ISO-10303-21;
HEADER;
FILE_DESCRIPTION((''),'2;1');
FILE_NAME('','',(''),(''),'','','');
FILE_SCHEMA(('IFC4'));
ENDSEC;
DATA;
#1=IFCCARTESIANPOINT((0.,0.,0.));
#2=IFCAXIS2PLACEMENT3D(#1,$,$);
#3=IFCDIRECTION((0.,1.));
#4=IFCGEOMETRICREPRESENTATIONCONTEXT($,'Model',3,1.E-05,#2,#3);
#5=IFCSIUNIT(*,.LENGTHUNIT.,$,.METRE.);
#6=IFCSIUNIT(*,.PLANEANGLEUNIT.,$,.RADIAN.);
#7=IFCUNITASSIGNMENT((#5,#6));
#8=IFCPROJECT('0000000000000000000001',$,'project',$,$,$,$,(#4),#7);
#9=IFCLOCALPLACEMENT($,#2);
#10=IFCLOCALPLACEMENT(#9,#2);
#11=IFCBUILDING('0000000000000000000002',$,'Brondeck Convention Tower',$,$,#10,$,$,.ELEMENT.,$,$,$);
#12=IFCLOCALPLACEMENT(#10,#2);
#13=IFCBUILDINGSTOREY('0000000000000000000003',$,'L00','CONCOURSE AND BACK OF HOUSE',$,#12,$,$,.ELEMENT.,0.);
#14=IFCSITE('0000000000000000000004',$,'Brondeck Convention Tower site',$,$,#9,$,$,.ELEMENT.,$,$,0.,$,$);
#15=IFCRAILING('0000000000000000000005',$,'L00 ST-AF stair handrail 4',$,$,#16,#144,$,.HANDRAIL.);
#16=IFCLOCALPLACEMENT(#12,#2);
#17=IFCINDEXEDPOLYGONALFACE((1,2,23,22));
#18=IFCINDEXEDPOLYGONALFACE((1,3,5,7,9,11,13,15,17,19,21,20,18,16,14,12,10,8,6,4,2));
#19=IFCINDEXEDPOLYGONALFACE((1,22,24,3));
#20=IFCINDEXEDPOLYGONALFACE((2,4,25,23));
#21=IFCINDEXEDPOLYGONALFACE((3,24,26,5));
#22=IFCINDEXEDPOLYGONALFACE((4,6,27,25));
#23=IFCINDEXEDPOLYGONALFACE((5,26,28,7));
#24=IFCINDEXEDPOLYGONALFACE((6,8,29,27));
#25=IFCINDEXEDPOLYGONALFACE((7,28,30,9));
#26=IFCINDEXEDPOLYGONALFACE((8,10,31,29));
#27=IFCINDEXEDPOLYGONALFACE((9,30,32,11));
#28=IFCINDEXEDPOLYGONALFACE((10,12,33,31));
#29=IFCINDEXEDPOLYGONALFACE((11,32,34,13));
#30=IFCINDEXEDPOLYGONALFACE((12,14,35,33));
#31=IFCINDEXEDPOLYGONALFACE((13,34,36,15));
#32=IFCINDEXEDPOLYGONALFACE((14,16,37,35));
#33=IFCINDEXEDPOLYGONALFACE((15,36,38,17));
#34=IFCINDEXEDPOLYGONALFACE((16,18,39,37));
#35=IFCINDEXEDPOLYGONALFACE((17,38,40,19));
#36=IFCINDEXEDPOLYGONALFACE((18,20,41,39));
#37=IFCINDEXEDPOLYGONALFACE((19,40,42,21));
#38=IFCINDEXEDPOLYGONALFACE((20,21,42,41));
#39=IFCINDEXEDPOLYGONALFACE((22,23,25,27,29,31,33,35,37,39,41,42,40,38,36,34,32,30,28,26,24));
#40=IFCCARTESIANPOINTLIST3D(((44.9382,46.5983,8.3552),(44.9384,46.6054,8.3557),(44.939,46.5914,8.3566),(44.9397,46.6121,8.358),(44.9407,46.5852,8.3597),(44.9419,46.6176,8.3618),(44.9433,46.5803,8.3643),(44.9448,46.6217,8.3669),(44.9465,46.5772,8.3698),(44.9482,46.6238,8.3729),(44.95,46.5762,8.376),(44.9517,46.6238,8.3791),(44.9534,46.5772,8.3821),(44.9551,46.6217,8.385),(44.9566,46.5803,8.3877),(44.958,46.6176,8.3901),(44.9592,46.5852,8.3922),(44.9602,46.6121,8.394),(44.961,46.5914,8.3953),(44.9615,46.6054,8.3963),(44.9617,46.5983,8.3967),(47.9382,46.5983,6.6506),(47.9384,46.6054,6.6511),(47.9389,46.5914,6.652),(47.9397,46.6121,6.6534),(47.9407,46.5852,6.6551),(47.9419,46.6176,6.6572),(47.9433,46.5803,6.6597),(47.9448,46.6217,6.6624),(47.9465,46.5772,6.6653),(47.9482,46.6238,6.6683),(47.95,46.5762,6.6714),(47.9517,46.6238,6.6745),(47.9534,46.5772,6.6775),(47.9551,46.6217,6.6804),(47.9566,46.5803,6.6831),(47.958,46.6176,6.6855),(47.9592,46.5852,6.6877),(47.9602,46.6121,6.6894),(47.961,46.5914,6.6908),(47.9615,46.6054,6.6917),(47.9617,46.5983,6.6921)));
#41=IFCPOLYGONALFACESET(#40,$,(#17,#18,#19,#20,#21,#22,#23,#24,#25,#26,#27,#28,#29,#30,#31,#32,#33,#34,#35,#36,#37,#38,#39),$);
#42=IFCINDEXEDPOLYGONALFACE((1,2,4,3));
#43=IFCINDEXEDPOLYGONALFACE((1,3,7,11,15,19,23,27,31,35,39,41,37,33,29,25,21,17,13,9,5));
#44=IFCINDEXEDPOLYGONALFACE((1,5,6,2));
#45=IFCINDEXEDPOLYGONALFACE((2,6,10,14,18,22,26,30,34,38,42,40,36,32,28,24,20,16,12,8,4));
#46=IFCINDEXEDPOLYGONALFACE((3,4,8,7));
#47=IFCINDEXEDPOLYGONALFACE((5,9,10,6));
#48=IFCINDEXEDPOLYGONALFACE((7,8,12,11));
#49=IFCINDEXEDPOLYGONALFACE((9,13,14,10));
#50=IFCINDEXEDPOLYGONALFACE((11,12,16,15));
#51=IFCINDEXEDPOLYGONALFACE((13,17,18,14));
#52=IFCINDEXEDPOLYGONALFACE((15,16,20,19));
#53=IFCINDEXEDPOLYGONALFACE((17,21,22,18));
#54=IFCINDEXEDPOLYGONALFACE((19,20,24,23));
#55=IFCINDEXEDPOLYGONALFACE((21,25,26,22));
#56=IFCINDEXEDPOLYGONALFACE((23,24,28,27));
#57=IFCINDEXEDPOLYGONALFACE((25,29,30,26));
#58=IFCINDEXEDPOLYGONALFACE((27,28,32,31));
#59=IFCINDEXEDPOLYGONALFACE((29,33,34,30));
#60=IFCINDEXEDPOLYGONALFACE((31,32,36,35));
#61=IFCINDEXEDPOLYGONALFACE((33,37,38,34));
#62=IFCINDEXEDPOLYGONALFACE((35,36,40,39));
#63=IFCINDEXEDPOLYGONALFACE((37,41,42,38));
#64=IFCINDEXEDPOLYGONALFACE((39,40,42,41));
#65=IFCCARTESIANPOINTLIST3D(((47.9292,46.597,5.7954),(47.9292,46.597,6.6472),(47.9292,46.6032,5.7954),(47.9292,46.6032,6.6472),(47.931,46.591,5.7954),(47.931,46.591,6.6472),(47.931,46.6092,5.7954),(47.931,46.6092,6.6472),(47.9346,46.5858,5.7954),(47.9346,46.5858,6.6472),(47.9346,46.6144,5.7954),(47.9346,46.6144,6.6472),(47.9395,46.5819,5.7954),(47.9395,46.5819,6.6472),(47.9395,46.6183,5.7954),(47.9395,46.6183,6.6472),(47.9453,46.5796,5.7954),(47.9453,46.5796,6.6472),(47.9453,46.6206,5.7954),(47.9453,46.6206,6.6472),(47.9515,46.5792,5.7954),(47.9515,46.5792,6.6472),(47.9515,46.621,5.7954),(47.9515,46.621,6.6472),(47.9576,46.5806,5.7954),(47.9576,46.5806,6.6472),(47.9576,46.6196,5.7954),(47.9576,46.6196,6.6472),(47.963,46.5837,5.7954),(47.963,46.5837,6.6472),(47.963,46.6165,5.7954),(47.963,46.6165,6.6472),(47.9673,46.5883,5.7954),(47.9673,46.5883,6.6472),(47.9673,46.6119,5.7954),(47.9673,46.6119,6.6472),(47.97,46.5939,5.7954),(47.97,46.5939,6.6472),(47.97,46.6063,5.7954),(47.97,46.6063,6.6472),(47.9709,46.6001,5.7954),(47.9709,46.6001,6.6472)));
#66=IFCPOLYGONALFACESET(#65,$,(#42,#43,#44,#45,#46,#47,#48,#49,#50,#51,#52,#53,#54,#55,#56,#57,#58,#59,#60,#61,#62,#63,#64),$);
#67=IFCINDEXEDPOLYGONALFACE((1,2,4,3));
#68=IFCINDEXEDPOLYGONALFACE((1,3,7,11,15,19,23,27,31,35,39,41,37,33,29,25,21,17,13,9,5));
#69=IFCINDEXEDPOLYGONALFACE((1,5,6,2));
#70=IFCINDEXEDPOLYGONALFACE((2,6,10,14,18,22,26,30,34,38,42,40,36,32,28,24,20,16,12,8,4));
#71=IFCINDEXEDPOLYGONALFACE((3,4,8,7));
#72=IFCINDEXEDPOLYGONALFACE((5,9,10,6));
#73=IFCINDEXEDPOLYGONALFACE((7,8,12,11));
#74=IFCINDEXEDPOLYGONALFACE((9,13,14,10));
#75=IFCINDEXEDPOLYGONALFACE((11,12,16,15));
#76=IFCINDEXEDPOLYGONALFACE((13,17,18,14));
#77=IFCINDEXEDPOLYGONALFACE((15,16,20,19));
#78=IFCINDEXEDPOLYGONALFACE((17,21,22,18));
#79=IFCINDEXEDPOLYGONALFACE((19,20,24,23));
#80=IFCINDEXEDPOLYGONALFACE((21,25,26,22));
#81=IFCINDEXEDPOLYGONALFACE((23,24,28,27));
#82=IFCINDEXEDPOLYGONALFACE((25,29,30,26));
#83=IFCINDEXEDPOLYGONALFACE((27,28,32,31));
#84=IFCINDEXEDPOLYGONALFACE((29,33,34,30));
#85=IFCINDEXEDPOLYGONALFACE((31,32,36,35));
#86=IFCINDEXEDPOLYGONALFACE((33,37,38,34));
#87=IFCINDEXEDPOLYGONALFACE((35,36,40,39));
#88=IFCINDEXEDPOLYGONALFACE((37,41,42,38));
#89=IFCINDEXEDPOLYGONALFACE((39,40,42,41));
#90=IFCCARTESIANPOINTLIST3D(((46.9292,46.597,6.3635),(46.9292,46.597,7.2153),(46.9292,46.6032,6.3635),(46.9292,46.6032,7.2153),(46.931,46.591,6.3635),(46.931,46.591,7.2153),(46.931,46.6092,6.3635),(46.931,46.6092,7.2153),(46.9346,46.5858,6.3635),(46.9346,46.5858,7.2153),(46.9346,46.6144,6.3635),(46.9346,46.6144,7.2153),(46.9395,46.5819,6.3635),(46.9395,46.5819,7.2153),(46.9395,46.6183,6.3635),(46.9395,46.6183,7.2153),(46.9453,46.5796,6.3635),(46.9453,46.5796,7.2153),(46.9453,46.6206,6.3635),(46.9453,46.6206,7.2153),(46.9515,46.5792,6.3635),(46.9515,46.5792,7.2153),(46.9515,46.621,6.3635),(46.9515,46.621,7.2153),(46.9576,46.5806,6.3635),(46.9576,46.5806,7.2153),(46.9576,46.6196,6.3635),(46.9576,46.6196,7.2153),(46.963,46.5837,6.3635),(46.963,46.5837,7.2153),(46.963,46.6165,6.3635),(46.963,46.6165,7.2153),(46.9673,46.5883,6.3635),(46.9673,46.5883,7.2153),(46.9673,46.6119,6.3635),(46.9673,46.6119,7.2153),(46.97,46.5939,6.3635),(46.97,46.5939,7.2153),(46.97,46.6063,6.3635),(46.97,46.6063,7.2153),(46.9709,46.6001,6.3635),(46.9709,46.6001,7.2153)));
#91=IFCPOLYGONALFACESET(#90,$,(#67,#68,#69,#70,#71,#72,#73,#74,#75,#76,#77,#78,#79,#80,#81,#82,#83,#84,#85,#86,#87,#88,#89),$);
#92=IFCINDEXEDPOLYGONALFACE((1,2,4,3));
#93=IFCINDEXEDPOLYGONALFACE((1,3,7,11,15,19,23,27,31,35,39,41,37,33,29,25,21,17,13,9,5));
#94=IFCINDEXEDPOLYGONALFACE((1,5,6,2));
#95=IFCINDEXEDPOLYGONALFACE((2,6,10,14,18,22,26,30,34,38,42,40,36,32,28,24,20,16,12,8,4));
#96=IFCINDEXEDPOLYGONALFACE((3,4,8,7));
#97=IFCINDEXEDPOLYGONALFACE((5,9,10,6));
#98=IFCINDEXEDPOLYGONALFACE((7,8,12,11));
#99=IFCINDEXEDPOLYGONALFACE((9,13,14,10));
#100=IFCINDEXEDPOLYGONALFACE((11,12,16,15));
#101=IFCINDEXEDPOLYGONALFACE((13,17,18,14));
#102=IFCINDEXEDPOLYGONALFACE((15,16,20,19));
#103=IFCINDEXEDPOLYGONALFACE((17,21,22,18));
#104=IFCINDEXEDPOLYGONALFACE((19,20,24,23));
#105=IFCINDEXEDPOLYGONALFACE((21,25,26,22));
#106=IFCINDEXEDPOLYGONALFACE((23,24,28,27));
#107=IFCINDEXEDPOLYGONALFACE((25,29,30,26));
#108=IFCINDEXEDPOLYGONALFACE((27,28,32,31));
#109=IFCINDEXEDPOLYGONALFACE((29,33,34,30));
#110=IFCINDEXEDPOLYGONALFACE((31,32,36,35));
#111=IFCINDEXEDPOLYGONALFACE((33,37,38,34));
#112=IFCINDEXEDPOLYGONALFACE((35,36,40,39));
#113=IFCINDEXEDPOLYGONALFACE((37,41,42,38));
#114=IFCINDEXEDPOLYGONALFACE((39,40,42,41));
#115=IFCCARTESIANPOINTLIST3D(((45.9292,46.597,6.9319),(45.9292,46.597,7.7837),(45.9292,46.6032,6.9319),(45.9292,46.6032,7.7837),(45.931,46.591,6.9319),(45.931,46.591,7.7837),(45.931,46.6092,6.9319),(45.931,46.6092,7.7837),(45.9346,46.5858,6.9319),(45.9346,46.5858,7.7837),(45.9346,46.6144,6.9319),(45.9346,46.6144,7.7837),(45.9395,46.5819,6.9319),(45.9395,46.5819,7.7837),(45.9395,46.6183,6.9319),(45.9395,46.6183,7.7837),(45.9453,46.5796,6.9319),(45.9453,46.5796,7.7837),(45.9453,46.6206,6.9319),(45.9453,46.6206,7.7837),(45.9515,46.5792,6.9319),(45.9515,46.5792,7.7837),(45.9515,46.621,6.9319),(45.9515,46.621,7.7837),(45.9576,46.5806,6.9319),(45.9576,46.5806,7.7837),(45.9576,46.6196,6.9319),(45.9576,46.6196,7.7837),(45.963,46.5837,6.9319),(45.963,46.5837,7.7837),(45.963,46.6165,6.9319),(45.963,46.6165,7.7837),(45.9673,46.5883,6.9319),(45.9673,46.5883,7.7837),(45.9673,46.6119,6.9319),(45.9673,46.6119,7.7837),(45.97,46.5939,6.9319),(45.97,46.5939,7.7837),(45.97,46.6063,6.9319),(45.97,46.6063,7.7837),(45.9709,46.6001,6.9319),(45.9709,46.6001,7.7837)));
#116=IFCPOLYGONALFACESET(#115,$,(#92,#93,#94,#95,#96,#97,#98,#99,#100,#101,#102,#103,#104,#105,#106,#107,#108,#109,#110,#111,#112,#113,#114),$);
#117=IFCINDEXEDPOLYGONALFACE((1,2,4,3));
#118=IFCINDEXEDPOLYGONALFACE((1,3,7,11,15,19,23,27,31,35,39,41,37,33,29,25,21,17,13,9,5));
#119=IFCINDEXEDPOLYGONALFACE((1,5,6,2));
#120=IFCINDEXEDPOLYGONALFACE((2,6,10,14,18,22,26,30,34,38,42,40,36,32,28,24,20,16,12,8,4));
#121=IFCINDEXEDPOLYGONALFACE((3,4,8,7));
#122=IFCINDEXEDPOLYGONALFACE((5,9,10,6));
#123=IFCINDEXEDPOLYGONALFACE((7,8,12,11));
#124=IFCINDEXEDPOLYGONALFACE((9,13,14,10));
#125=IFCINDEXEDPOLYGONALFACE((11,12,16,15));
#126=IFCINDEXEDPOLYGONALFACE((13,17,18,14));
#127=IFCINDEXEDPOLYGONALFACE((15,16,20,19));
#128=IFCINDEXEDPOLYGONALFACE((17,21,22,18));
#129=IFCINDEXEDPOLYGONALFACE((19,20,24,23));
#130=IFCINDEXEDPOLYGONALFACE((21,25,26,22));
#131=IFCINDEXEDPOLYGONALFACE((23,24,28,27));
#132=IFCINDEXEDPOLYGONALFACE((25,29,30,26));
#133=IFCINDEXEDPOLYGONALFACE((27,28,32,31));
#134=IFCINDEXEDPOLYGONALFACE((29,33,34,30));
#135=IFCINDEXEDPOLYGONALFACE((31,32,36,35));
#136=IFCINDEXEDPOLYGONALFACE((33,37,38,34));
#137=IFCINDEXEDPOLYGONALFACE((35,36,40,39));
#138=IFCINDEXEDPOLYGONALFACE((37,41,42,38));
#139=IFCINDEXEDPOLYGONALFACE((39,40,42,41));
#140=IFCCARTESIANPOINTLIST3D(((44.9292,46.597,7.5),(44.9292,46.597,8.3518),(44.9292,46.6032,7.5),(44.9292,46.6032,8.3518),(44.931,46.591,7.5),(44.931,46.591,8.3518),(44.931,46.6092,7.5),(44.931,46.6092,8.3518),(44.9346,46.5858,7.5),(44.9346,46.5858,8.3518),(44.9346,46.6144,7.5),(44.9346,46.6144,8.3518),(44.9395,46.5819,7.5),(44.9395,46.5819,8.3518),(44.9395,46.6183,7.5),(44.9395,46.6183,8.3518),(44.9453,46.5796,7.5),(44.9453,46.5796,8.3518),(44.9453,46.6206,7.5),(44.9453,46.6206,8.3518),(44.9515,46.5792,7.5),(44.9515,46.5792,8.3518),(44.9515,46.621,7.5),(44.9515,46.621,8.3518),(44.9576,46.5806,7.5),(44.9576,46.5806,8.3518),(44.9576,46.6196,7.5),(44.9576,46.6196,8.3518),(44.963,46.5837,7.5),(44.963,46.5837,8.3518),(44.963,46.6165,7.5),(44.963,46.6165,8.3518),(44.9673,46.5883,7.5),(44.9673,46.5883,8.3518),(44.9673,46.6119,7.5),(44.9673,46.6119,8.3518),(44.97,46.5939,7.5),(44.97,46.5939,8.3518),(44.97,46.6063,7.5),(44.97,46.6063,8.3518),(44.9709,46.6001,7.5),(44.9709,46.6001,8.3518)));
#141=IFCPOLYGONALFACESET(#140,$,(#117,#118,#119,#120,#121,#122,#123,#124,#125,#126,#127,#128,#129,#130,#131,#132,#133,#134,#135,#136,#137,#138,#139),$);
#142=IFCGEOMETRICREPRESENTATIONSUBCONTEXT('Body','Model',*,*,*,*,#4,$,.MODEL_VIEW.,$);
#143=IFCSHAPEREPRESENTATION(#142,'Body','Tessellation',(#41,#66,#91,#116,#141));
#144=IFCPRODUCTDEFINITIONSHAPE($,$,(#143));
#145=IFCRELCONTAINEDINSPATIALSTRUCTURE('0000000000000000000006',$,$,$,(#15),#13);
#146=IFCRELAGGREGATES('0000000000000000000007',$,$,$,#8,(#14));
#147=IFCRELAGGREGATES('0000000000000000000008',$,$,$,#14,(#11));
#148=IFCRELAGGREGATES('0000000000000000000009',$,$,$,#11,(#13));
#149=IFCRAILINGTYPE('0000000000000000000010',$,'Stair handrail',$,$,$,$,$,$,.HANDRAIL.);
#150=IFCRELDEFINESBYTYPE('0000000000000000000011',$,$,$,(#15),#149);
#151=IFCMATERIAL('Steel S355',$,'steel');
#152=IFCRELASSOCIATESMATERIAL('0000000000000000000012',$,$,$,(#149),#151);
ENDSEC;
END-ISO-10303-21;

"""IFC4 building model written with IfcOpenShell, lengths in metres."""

from ifc_helpers import new_model, si_unit, direction, frame, origin, origin_2d, place, context, subcontext, project, spatial, circle, extrude, material, type_object, element, save


model = new_model("IFC4")

# Units and contexts
model_context = context("Model", 3, precision=1e-05, world=origin(), true_north=direction((0.0, 1.0)))
body_context = subcontext(model_context, "Body", "Model", "MODEL_VIEW")
ifc_project = project(units=[si_unit("LENGTHUNIT", "METRE"), si_unit("PLANEANGLEUNIT", "RADIAN")], contexts=[model_context])

# Site, building, storey
site_placement = place(None, origin())
site = spatial("IfcSite", under=ifc_project, at=site_placement, Name="Brondeck Convention Tower site", CompositionType="ELEMENT", RefElevation=0.0)
building_placement = place(site_placement, origin())
building = spatial("IfcBuilding", under=site, at=building_placement, Name="Brondeck Convention Tower", CompositionType="ELEMENT")
storey_placement = place(building_placement, origin())
storey = spatial("IfcBuildingStorey", under=building, at=storey_placement, Name="L00", Description="CONCOURSE AND BACK OF HOUSE", CompositionType="ELEMENT", Elevation=0.0)

# Shared definitions
ifc_material_1 = material(Name="Steel S355", Category="steel")

# Railing
railing_type_1 = type_object("IfcRailingType", Name="Stair handrail", PredefinedType="HANDRAIL", material=ifc_material_1)
railing_1_placement = place(storey_placement, frame((47.95, 46.6001, 5.7954)))
element("IfcRailing", 1, at=railing_1_placement, inside=storey, type_object=railing_type_1, Name="L00 ST-AF stair handrail 4", PredefinedType="HANDRAIL", context=body_context, shape_type="SweptSolid", body=[
    extrude(circle(Radius=0.0239, at=origin_2d()), frame((0.0, 0.0, 0.876), z_axis=(-0.869451, 0.0, 0.494019), x_axis=(0.0, -1.0, 0.0)), (0.0, 0.0, 1.0), 3.4504),
    extrude(circle(Radius=0.021, at=origin_2d()), origin(), (0.0, 0.0, 1.0), 0.8518),
    extrude(circle(Radius=0.021, at=origin_2d()), frame((-1.0, 0.0, 0.5681)), (0.0, 0.0, 1.0), 0.8518),
    extrude(circle(Radius=0.021, at=origin_2d()), frame((-2.0, 0.0, 1.1365)), (0.0, 0.0, 1.0), 0.8518),
    extrude(circle(Radius=0.021, at=origin_2d()), frame((-3.0, 0.0, 1.7046)), (0.0, 0.0, 1.0), 0.8518),
])

save(model, "model.ifc")
